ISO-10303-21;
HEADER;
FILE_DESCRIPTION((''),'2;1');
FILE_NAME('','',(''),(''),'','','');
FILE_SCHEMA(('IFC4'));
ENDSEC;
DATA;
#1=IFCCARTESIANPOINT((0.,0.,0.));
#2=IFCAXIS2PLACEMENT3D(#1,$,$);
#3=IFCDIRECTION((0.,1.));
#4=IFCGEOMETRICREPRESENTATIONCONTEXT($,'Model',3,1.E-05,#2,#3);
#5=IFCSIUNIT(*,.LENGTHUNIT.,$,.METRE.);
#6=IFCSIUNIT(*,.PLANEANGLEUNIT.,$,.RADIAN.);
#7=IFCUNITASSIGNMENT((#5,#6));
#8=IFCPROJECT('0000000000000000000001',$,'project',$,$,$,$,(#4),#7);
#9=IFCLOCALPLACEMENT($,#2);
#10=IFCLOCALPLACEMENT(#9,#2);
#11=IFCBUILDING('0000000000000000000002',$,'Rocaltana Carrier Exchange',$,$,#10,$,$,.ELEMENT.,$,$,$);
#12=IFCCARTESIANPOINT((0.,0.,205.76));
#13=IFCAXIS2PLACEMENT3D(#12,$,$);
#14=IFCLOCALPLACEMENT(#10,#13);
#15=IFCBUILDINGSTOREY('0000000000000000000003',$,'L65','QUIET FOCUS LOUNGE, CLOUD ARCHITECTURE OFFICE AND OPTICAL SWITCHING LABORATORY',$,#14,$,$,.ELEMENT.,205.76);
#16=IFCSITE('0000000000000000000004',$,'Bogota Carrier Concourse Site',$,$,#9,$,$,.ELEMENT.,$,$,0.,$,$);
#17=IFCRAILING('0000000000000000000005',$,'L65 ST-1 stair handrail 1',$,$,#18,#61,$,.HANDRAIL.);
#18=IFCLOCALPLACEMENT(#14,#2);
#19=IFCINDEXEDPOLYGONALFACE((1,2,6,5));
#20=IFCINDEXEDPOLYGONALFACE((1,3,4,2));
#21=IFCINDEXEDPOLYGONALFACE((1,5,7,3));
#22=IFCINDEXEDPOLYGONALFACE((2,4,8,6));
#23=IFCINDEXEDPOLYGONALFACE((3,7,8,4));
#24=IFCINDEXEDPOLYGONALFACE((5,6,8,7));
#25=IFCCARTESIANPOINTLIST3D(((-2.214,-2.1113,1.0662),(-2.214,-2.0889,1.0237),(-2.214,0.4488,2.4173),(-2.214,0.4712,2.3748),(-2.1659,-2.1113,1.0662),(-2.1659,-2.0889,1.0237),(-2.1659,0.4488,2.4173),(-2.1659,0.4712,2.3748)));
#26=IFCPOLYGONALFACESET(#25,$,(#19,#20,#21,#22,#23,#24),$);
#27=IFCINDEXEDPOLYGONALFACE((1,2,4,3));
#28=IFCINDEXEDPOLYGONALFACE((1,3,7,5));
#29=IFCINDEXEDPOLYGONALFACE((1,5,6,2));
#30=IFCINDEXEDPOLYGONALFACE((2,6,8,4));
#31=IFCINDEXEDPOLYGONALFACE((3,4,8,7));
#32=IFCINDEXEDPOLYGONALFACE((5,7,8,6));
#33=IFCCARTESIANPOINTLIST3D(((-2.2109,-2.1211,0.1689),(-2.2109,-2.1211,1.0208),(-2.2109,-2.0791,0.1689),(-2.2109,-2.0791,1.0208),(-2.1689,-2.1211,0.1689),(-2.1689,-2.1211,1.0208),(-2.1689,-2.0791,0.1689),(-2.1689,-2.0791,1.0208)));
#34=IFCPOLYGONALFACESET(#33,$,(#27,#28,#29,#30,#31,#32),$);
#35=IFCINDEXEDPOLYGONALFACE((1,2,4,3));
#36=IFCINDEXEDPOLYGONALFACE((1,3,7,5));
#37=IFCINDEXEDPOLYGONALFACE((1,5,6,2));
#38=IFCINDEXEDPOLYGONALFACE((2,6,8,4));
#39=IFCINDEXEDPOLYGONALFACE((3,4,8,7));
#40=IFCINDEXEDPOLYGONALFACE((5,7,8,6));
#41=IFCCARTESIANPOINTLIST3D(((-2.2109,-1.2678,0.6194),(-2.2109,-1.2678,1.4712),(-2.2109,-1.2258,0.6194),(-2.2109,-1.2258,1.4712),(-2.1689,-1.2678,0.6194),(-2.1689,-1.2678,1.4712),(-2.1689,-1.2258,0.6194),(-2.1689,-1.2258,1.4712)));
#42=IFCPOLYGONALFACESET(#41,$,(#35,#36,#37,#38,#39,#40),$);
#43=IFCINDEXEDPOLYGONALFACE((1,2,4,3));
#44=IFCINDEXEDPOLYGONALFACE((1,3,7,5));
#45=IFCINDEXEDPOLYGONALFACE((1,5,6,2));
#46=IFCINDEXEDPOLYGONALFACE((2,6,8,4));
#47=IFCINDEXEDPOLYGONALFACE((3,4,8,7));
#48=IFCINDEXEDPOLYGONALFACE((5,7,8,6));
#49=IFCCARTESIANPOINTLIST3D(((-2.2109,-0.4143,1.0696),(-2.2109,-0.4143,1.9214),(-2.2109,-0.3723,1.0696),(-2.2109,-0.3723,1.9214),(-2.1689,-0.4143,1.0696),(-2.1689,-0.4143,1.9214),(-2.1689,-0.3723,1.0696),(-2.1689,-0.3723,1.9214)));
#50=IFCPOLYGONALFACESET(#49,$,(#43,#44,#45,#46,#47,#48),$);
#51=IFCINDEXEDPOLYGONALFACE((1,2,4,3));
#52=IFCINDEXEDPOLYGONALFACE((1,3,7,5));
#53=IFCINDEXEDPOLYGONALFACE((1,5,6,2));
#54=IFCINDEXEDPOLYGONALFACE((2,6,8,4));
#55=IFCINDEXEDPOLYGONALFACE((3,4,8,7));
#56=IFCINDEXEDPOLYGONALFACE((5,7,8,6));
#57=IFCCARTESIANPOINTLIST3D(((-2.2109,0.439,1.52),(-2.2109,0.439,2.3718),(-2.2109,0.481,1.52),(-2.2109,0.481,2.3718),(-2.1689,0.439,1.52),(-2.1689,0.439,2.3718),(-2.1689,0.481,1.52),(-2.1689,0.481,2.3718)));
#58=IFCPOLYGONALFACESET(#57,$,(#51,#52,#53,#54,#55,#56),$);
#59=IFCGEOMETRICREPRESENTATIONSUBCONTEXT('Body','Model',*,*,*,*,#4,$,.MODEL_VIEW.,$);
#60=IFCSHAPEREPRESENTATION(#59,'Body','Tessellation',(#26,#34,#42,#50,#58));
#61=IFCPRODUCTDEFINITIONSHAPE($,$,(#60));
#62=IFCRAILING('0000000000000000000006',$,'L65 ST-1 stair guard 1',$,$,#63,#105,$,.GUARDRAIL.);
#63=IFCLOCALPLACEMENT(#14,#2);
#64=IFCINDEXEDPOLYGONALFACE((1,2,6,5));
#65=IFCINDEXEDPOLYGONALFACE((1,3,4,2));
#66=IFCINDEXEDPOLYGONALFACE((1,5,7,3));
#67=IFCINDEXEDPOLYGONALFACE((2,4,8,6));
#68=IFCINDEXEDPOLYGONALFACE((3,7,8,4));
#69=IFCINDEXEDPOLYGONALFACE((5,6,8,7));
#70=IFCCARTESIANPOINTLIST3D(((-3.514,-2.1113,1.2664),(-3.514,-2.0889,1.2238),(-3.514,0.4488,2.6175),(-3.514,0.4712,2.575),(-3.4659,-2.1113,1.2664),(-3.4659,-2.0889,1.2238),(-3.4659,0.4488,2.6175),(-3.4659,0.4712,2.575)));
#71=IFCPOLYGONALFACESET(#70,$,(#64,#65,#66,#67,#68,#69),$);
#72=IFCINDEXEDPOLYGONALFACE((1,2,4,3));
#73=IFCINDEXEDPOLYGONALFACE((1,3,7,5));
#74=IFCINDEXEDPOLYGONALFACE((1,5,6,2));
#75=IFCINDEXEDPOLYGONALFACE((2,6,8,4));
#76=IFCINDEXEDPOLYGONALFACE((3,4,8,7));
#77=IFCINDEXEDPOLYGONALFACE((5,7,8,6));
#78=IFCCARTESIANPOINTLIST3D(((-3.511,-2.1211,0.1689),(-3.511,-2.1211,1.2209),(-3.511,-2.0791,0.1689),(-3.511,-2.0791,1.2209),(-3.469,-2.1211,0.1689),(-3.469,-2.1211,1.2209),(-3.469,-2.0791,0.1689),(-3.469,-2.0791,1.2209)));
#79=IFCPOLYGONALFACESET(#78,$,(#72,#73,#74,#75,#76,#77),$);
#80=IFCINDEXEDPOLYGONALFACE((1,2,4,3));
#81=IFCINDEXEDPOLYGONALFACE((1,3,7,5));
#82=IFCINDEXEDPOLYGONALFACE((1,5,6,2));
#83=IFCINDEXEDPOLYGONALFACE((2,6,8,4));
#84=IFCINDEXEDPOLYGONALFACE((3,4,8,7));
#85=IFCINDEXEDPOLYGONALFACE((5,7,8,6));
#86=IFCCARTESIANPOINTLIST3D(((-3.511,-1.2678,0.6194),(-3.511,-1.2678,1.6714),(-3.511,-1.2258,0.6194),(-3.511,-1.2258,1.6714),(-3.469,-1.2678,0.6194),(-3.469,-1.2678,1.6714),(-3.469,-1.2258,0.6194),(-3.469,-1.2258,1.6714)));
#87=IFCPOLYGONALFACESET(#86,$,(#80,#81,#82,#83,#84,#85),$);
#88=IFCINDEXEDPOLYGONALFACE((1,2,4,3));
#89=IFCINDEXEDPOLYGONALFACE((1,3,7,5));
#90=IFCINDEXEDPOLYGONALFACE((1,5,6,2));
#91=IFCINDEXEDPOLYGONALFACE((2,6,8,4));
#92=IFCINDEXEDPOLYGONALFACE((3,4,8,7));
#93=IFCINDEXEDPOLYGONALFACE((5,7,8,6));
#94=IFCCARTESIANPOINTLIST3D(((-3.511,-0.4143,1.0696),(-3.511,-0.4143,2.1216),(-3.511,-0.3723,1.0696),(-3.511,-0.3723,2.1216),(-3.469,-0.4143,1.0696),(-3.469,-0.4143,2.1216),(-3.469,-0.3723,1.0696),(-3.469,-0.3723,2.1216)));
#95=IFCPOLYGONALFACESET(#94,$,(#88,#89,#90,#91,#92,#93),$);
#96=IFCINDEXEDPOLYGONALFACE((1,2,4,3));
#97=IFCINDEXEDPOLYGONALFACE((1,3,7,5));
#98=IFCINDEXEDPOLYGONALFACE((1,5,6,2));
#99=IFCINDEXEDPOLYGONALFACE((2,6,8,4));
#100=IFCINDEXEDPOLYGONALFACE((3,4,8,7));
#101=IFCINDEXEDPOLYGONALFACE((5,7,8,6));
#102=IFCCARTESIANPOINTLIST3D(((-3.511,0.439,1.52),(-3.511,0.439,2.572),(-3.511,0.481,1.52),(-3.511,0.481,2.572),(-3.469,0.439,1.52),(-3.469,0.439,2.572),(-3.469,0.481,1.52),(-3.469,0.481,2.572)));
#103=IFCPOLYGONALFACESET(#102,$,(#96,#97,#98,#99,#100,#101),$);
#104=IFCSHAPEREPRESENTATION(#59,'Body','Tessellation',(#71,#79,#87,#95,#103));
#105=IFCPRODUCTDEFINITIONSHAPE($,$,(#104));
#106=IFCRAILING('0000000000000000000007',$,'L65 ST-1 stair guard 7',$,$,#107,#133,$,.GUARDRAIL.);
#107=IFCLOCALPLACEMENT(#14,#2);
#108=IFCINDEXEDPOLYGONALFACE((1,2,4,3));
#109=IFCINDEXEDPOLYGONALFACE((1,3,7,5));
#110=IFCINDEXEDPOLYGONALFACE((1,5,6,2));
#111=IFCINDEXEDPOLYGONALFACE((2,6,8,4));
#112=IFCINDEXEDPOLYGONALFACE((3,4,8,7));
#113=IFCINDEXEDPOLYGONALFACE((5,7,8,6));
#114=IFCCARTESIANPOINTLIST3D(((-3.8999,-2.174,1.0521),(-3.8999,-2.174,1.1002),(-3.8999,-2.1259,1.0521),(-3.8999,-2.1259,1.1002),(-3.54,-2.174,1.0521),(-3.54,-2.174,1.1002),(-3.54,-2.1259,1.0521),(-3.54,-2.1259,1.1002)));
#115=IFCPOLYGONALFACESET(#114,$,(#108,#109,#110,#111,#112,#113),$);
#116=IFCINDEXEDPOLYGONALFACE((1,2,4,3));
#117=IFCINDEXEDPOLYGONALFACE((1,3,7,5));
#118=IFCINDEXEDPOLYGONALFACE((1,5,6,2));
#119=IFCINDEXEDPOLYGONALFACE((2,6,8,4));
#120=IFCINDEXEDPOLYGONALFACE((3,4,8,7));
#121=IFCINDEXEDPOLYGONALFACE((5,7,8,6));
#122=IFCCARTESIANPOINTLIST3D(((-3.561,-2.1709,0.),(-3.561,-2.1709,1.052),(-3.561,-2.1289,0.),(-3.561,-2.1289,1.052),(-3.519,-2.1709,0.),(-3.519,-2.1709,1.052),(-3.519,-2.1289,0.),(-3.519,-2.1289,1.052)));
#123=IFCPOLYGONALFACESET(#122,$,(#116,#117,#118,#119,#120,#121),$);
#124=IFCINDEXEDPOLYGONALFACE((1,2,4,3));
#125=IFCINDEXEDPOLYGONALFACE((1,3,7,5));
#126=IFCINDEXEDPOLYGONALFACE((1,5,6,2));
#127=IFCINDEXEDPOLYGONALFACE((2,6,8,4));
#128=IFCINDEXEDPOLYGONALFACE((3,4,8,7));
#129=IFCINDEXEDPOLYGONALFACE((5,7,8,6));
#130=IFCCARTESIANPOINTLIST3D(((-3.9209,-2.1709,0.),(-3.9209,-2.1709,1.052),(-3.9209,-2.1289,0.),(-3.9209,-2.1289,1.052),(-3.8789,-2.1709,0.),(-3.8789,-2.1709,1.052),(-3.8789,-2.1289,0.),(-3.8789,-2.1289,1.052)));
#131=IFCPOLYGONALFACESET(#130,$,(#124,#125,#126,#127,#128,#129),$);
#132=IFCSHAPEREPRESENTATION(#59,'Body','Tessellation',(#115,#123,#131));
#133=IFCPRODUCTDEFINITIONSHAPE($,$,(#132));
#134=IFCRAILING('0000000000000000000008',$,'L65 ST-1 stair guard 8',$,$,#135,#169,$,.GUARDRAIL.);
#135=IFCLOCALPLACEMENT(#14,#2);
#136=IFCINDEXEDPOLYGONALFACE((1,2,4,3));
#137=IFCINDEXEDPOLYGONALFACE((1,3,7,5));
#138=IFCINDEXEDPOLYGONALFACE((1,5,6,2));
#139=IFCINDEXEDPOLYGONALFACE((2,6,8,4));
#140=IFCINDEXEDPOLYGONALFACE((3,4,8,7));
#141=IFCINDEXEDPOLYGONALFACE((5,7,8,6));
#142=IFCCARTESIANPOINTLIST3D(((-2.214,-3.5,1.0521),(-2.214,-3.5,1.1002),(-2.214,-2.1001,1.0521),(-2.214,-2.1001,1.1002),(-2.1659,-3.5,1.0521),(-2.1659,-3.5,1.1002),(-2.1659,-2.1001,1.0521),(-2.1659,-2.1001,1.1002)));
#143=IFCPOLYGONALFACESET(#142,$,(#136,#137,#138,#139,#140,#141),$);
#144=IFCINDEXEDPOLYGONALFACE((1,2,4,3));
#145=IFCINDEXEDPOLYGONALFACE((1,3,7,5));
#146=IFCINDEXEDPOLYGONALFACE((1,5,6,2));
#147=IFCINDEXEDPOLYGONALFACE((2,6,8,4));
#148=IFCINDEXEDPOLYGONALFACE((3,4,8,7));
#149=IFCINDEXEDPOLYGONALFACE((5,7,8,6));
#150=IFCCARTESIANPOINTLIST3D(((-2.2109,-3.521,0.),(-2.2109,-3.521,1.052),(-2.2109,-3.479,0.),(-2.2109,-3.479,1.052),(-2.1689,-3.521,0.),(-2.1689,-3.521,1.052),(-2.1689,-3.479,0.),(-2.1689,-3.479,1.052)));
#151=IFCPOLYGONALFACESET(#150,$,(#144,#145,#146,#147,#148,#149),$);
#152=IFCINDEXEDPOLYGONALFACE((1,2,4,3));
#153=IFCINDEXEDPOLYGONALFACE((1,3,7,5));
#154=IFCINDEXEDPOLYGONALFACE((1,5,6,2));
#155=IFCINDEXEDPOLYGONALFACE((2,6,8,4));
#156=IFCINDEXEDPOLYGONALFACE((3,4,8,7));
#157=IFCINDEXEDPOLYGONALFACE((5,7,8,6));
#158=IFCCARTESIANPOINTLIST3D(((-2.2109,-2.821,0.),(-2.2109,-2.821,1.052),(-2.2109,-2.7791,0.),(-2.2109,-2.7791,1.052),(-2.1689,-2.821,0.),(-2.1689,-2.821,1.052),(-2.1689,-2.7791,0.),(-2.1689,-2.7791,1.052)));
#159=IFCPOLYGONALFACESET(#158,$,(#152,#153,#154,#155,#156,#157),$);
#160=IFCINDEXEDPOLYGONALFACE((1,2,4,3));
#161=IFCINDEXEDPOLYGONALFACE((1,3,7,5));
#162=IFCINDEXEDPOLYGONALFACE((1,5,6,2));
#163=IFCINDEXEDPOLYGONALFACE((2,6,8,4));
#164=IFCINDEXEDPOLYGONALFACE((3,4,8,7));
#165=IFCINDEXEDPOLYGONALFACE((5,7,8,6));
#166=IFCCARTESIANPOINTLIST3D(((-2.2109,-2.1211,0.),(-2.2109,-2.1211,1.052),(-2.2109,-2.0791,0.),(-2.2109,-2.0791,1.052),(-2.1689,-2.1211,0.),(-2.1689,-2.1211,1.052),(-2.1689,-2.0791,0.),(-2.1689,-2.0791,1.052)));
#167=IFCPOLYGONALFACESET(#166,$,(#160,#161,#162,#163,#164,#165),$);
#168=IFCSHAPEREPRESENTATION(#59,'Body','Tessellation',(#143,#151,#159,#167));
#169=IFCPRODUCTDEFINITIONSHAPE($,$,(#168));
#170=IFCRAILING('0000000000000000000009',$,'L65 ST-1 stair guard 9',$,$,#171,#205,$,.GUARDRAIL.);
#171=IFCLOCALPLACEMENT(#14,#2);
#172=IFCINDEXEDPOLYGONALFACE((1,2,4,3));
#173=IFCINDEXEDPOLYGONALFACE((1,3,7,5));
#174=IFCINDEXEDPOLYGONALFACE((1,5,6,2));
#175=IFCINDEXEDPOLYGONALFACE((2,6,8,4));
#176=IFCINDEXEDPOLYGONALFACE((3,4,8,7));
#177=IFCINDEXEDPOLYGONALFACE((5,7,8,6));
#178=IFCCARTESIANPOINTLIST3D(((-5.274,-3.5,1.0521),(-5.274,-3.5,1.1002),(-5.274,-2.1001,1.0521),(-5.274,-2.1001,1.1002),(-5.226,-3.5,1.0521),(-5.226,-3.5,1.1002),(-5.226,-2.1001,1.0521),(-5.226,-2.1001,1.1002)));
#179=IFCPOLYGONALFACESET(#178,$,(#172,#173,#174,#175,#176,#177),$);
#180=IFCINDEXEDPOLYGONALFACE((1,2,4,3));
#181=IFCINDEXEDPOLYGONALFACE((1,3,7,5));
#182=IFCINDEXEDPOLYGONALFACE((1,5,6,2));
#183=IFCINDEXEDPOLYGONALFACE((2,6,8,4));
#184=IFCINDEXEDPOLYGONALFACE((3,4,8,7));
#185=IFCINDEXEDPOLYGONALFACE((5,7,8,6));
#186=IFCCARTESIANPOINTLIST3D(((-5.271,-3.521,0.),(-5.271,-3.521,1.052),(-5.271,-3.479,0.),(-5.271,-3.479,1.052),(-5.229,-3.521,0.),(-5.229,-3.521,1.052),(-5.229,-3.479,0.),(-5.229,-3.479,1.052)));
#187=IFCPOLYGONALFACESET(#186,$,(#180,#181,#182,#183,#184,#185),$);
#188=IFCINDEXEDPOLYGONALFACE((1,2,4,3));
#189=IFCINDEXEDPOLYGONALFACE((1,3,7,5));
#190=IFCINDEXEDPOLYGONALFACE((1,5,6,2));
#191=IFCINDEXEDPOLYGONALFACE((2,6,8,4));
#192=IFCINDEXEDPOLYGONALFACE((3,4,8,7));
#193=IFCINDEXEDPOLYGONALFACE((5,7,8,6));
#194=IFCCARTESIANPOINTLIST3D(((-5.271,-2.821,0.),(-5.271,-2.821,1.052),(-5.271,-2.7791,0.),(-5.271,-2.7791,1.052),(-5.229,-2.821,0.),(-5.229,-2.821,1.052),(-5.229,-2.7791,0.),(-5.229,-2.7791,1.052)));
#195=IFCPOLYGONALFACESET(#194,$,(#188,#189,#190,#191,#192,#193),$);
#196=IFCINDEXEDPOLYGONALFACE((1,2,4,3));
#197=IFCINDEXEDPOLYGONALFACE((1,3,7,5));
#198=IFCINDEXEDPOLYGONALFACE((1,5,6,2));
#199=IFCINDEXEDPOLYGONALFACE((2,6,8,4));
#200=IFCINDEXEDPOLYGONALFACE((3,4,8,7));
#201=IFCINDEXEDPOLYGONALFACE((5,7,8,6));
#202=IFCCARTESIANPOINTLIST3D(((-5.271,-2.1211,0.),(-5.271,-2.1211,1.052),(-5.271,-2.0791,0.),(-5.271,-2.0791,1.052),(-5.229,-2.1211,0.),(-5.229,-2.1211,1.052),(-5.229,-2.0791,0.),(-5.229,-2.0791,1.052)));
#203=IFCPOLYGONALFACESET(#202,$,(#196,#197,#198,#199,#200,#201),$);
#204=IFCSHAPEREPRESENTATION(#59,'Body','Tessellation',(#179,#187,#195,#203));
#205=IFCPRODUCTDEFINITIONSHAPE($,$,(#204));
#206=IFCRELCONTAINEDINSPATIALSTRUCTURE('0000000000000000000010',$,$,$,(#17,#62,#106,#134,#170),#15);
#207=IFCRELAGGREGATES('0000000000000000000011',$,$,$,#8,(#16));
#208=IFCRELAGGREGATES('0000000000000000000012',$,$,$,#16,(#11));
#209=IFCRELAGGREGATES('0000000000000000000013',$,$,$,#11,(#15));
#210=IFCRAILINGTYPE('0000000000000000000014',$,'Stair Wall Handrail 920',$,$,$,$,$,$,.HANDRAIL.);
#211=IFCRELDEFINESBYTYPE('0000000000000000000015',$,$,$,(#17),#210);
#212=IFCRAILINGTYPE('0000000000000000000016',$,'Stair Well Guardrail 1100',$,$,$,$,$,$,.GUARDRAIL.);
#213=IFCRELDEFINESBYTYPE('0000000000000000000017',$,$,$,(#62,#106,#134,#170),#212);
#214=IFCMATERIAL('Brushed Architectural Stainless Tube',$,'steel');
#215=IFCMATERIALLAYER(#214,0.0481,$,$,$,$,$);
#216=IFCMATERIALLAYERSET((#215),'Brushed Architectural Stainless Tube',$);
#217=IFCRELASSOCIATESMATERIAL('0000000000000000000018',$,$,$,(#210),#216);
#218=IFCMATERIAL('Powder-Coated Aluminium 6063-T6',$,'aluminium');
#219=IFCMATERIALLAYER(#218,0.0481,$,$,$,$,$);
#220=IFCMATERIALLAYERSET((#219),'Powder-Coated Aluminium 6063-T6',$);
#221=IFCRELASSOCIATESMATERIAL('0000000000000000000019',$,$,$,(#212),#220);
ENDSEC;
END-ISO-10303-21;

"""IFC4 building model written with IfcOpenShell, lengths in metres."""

from ifc_helpers import new_model, si_unit, direction, frame, origin, origin_2d, place, context, subcontext, project, spatial, rectangle, extrude, material, layer, layer_set, type_object, element, save


model = new_model("IFC4")

# Units and contexts
model_context = context("Model", 3, precision=1e-05, world=origin(), true_north=direction((0.0, 1.0)))
body_context = subcontext(model_context, "Body", "Model", "MODEL_VIEW")
ifc_project = project(units=[si_unit("LENGTHUNIT", "METRE"), si_unit("PLANEANGLEUNIT", "RADIAN")], contexts=[model_context])

# Site, building, storey
site_placement = place(None, origin())
site = spatial("IfcSite", under=ifc_project, at=site_placement, Name="Bogota Carrier Concourse Site", CompositionType="ELEMENT", RefElevation=0.0)
building_placement = place(site_placement, origin())
building = spatial("IfcBuilding", under=site, at=building_placement, Name="Rocaltana Carrier Exchange", CompositionType="ELEMENT")
storey_placement = place(building_placement, frame((0.0, 0.0, 205.76)))
storey = spatial("IfcBuildingStorey", under=building, at=storey_placement, Name="L65", Description="QUIET FOCUS LOUNGE, CLOUD ARCHITECTURE OFFICE AND OPTICAL SWITCHING LABORATORY", CompositionType="ELEMENT", Elevation=205.76)

# Railings
ifc_material_1 = material(Name="Brushed Architectural Stainless Tube", Category="steel")
ifc_layer_1 = layer(ifc_material_1, 0.0481)
ifc_layer_set_1 = layer_set([ifc_layer_1], Name="Brushed Architectural Stainless Tube")
railing_type_1 = type_object("IfcRailingType", Name="Stair Wall Handrail 920", PredefinedType="HANDRAIL", material=ifc_layer_set_1)
railing_1_placement = place(storey_placement, frame((-2.1899, -2.1001, 0.1689)))
element("IfcRailing", 1, at=railing_1_placement, inside=storey, type_object=railing_type_1, Name="L65 ST-1 stair handrail 1", PredefinedType="HANDRAIL", context=body_context, shape_type="SweptSolid", body=[
    extrude(rectangle(XDim=0.0481, YDim=0.0481, at=origin_2d()), frame((0.0, 0.0, 0.876), z_axis=(0.0, 0.884394, 0.46674), x_axis=(-1.0, 0.0, 0.0)), (0.0, 0.0, 1.0), 2.8948),
    extrude(rectangle(XDim=0.042, YDim=0.042, at=origin_2d()), origin(), (0.0, 0.0, 1.0), 0.8518),
    extrude(rectangle(XDim=0.042, YDim=0.042, at=origin_2d()), frame((0.0, 0.8533, 0.4504)), (0.0, 0.0, 1.0), 0.8518),
    extrude(rectangle(XDim=0.042, YDim=0.042, at=origin_2d()), frame((0.0, 1.7068, 0.9006)), (0.0, 0.0, 1.0), 0.8518),
    extrude(rectangle(XDim=0.042, YDim=0.042, at=origin_2d()), frame((0.0, 2.5601, 1.3511)), (0.0, 0.0, 1.0), 0.8518),
])
ifc_material_2 = material(Name="Powder-Coated Aluminium 6063-T6", Category="aluminium")
ifc_layer_2 = layer(ifc_material_2, 0.0481)
ifc_layer_set_2 = layer_set([ifc_layer_2], Name="Powder-Coated Aluminium 6063-T6")
railing_type_2 = type_object("IfcRailingType", Name="Stair Well Guardrail 1100", PredefinedType="GUARDRAIL", material=ifc_layer_set_2)
railing_2_placement = place(storey_placement, frame((-3.49, -2.1001, 0.1689)))
element("IfcRailing", 2, at=railing_2_placement, inside=storey, type_object=railing_type_2, Name="L65 ST-1 stair guard 1", PredefinedType="GUARDRAIL", context=body_context, shape_type="SweptSolid", body=[
    extrude(rectangle(XDim=0.0481, YDim=0.0481, at=origin_2d()), frame((0.0, 0.0, 1.0762), z_axis=(0.0, 0.884394, 0.46674), x_axis=(-1.0, 0.0, 0.0)), (0.0, 0.0, 1.0), 2.8948),
    extrude(rectangle(XDim=0.042, YDim=0.042, at=origin_2d()), origin(), (0.0, 0.0, 1.0), 1.052),
    extrude(rectangle(XDim=0.042, YDim=0.042, at=origin_2d()), frame((0.0, 0.8533, 0.4504)), (0.0, 0.0, 1.0), 1.052),
    extrude(rectangle(XDim=0.042, YDim=0.042, at=origin_2d()), frame((0.0, 1.7068, 0.9006)), (0.0, 0.0, 1.0), 1.052),
    extrude(rectangle(XDim=0.042, YDim=0.042, at=origin_2d()), frame((0.0, 2.5601, 1.3511)), (0.0, 0.0, 1.0), 1.052),
])
railing_3_placement = place(storey_placement, frame((-3.54, -2.1499, 0.0)))
element("IfcRailing", 3, at=railing_3_placement, inside=storey, type_object=railing_type_2, Name="L65 ST-1 stair guard 7", PredefinedType="GUARDRAIL", context=body_context, shape_type="SweptSolid", body=[
    extrude(rectangle(XDim=0.0481, YDim=0.0481, at=origin_2d()), frame((0.0, 0.0, 1.0762), z_axis=(-1.0, 0.0, 0.0), x_axis=(0.0, -1.0, 0.0)), (0.0, 0.0, 1.0), 0.3599),
    extrude(rectangle(XDim=0.042, YDim=0.042, at=origin_2d()), origin(), (0.0, 0.0, 1.0), 1.052),
    extrude(rectangle(XDim=0.042, YDim=0.042, at=origin_2d()), frame((-0.3599, 0.0, 0.0)), (0.0, 0.0, 1.0), 1.052),
])
for number, where, name in (
    (4, (-2.1899, -3.5, 0.0), "L65 ST-1 stair guard 8"),
    (5, (-5.25, -3.5, 0.0), "L65 ST-1 stair guard 9"),
):
    element("IfcRailing", number, at=place(storey_placement, frame(where)), inside=storey, type_object=railing_type_2, Name=name, PredefinedType="GUARDRAIL", context=body_context, shape_type="SweptSolid", body=[
        extrude(rectangle(XDim=0.0481, YDim=0.0481, at=origin_2d()), frame((0.0, 0.0, 1.0762), z_axis=(0.0, 1.0, 0.0), x_axis=(-1.0, 0.0, 0.0)), (0.0, 0.0, 1.0), 1.3999),
        extrude(rectangle(XDim=0.042, YDim=0.042, at=origin_2d()), origin(), (0.0, 0.0, 1.0), 1.052),
        extrude(rectangle(XDim=0.042, YDim=0.042, at=origin_2d()), frame((0.0, 0.7, 0.0)), (0.0, 0.0, 1.0), 1.052),
        extrude(rectangle(XDim=0.042, YDim=0.042, at=origin_2d()), frame((0.0, 1.3999, 0.0)), (0.0, 0.0, 1.0), 1.052),
    ])

save(model, "model.ifc")
